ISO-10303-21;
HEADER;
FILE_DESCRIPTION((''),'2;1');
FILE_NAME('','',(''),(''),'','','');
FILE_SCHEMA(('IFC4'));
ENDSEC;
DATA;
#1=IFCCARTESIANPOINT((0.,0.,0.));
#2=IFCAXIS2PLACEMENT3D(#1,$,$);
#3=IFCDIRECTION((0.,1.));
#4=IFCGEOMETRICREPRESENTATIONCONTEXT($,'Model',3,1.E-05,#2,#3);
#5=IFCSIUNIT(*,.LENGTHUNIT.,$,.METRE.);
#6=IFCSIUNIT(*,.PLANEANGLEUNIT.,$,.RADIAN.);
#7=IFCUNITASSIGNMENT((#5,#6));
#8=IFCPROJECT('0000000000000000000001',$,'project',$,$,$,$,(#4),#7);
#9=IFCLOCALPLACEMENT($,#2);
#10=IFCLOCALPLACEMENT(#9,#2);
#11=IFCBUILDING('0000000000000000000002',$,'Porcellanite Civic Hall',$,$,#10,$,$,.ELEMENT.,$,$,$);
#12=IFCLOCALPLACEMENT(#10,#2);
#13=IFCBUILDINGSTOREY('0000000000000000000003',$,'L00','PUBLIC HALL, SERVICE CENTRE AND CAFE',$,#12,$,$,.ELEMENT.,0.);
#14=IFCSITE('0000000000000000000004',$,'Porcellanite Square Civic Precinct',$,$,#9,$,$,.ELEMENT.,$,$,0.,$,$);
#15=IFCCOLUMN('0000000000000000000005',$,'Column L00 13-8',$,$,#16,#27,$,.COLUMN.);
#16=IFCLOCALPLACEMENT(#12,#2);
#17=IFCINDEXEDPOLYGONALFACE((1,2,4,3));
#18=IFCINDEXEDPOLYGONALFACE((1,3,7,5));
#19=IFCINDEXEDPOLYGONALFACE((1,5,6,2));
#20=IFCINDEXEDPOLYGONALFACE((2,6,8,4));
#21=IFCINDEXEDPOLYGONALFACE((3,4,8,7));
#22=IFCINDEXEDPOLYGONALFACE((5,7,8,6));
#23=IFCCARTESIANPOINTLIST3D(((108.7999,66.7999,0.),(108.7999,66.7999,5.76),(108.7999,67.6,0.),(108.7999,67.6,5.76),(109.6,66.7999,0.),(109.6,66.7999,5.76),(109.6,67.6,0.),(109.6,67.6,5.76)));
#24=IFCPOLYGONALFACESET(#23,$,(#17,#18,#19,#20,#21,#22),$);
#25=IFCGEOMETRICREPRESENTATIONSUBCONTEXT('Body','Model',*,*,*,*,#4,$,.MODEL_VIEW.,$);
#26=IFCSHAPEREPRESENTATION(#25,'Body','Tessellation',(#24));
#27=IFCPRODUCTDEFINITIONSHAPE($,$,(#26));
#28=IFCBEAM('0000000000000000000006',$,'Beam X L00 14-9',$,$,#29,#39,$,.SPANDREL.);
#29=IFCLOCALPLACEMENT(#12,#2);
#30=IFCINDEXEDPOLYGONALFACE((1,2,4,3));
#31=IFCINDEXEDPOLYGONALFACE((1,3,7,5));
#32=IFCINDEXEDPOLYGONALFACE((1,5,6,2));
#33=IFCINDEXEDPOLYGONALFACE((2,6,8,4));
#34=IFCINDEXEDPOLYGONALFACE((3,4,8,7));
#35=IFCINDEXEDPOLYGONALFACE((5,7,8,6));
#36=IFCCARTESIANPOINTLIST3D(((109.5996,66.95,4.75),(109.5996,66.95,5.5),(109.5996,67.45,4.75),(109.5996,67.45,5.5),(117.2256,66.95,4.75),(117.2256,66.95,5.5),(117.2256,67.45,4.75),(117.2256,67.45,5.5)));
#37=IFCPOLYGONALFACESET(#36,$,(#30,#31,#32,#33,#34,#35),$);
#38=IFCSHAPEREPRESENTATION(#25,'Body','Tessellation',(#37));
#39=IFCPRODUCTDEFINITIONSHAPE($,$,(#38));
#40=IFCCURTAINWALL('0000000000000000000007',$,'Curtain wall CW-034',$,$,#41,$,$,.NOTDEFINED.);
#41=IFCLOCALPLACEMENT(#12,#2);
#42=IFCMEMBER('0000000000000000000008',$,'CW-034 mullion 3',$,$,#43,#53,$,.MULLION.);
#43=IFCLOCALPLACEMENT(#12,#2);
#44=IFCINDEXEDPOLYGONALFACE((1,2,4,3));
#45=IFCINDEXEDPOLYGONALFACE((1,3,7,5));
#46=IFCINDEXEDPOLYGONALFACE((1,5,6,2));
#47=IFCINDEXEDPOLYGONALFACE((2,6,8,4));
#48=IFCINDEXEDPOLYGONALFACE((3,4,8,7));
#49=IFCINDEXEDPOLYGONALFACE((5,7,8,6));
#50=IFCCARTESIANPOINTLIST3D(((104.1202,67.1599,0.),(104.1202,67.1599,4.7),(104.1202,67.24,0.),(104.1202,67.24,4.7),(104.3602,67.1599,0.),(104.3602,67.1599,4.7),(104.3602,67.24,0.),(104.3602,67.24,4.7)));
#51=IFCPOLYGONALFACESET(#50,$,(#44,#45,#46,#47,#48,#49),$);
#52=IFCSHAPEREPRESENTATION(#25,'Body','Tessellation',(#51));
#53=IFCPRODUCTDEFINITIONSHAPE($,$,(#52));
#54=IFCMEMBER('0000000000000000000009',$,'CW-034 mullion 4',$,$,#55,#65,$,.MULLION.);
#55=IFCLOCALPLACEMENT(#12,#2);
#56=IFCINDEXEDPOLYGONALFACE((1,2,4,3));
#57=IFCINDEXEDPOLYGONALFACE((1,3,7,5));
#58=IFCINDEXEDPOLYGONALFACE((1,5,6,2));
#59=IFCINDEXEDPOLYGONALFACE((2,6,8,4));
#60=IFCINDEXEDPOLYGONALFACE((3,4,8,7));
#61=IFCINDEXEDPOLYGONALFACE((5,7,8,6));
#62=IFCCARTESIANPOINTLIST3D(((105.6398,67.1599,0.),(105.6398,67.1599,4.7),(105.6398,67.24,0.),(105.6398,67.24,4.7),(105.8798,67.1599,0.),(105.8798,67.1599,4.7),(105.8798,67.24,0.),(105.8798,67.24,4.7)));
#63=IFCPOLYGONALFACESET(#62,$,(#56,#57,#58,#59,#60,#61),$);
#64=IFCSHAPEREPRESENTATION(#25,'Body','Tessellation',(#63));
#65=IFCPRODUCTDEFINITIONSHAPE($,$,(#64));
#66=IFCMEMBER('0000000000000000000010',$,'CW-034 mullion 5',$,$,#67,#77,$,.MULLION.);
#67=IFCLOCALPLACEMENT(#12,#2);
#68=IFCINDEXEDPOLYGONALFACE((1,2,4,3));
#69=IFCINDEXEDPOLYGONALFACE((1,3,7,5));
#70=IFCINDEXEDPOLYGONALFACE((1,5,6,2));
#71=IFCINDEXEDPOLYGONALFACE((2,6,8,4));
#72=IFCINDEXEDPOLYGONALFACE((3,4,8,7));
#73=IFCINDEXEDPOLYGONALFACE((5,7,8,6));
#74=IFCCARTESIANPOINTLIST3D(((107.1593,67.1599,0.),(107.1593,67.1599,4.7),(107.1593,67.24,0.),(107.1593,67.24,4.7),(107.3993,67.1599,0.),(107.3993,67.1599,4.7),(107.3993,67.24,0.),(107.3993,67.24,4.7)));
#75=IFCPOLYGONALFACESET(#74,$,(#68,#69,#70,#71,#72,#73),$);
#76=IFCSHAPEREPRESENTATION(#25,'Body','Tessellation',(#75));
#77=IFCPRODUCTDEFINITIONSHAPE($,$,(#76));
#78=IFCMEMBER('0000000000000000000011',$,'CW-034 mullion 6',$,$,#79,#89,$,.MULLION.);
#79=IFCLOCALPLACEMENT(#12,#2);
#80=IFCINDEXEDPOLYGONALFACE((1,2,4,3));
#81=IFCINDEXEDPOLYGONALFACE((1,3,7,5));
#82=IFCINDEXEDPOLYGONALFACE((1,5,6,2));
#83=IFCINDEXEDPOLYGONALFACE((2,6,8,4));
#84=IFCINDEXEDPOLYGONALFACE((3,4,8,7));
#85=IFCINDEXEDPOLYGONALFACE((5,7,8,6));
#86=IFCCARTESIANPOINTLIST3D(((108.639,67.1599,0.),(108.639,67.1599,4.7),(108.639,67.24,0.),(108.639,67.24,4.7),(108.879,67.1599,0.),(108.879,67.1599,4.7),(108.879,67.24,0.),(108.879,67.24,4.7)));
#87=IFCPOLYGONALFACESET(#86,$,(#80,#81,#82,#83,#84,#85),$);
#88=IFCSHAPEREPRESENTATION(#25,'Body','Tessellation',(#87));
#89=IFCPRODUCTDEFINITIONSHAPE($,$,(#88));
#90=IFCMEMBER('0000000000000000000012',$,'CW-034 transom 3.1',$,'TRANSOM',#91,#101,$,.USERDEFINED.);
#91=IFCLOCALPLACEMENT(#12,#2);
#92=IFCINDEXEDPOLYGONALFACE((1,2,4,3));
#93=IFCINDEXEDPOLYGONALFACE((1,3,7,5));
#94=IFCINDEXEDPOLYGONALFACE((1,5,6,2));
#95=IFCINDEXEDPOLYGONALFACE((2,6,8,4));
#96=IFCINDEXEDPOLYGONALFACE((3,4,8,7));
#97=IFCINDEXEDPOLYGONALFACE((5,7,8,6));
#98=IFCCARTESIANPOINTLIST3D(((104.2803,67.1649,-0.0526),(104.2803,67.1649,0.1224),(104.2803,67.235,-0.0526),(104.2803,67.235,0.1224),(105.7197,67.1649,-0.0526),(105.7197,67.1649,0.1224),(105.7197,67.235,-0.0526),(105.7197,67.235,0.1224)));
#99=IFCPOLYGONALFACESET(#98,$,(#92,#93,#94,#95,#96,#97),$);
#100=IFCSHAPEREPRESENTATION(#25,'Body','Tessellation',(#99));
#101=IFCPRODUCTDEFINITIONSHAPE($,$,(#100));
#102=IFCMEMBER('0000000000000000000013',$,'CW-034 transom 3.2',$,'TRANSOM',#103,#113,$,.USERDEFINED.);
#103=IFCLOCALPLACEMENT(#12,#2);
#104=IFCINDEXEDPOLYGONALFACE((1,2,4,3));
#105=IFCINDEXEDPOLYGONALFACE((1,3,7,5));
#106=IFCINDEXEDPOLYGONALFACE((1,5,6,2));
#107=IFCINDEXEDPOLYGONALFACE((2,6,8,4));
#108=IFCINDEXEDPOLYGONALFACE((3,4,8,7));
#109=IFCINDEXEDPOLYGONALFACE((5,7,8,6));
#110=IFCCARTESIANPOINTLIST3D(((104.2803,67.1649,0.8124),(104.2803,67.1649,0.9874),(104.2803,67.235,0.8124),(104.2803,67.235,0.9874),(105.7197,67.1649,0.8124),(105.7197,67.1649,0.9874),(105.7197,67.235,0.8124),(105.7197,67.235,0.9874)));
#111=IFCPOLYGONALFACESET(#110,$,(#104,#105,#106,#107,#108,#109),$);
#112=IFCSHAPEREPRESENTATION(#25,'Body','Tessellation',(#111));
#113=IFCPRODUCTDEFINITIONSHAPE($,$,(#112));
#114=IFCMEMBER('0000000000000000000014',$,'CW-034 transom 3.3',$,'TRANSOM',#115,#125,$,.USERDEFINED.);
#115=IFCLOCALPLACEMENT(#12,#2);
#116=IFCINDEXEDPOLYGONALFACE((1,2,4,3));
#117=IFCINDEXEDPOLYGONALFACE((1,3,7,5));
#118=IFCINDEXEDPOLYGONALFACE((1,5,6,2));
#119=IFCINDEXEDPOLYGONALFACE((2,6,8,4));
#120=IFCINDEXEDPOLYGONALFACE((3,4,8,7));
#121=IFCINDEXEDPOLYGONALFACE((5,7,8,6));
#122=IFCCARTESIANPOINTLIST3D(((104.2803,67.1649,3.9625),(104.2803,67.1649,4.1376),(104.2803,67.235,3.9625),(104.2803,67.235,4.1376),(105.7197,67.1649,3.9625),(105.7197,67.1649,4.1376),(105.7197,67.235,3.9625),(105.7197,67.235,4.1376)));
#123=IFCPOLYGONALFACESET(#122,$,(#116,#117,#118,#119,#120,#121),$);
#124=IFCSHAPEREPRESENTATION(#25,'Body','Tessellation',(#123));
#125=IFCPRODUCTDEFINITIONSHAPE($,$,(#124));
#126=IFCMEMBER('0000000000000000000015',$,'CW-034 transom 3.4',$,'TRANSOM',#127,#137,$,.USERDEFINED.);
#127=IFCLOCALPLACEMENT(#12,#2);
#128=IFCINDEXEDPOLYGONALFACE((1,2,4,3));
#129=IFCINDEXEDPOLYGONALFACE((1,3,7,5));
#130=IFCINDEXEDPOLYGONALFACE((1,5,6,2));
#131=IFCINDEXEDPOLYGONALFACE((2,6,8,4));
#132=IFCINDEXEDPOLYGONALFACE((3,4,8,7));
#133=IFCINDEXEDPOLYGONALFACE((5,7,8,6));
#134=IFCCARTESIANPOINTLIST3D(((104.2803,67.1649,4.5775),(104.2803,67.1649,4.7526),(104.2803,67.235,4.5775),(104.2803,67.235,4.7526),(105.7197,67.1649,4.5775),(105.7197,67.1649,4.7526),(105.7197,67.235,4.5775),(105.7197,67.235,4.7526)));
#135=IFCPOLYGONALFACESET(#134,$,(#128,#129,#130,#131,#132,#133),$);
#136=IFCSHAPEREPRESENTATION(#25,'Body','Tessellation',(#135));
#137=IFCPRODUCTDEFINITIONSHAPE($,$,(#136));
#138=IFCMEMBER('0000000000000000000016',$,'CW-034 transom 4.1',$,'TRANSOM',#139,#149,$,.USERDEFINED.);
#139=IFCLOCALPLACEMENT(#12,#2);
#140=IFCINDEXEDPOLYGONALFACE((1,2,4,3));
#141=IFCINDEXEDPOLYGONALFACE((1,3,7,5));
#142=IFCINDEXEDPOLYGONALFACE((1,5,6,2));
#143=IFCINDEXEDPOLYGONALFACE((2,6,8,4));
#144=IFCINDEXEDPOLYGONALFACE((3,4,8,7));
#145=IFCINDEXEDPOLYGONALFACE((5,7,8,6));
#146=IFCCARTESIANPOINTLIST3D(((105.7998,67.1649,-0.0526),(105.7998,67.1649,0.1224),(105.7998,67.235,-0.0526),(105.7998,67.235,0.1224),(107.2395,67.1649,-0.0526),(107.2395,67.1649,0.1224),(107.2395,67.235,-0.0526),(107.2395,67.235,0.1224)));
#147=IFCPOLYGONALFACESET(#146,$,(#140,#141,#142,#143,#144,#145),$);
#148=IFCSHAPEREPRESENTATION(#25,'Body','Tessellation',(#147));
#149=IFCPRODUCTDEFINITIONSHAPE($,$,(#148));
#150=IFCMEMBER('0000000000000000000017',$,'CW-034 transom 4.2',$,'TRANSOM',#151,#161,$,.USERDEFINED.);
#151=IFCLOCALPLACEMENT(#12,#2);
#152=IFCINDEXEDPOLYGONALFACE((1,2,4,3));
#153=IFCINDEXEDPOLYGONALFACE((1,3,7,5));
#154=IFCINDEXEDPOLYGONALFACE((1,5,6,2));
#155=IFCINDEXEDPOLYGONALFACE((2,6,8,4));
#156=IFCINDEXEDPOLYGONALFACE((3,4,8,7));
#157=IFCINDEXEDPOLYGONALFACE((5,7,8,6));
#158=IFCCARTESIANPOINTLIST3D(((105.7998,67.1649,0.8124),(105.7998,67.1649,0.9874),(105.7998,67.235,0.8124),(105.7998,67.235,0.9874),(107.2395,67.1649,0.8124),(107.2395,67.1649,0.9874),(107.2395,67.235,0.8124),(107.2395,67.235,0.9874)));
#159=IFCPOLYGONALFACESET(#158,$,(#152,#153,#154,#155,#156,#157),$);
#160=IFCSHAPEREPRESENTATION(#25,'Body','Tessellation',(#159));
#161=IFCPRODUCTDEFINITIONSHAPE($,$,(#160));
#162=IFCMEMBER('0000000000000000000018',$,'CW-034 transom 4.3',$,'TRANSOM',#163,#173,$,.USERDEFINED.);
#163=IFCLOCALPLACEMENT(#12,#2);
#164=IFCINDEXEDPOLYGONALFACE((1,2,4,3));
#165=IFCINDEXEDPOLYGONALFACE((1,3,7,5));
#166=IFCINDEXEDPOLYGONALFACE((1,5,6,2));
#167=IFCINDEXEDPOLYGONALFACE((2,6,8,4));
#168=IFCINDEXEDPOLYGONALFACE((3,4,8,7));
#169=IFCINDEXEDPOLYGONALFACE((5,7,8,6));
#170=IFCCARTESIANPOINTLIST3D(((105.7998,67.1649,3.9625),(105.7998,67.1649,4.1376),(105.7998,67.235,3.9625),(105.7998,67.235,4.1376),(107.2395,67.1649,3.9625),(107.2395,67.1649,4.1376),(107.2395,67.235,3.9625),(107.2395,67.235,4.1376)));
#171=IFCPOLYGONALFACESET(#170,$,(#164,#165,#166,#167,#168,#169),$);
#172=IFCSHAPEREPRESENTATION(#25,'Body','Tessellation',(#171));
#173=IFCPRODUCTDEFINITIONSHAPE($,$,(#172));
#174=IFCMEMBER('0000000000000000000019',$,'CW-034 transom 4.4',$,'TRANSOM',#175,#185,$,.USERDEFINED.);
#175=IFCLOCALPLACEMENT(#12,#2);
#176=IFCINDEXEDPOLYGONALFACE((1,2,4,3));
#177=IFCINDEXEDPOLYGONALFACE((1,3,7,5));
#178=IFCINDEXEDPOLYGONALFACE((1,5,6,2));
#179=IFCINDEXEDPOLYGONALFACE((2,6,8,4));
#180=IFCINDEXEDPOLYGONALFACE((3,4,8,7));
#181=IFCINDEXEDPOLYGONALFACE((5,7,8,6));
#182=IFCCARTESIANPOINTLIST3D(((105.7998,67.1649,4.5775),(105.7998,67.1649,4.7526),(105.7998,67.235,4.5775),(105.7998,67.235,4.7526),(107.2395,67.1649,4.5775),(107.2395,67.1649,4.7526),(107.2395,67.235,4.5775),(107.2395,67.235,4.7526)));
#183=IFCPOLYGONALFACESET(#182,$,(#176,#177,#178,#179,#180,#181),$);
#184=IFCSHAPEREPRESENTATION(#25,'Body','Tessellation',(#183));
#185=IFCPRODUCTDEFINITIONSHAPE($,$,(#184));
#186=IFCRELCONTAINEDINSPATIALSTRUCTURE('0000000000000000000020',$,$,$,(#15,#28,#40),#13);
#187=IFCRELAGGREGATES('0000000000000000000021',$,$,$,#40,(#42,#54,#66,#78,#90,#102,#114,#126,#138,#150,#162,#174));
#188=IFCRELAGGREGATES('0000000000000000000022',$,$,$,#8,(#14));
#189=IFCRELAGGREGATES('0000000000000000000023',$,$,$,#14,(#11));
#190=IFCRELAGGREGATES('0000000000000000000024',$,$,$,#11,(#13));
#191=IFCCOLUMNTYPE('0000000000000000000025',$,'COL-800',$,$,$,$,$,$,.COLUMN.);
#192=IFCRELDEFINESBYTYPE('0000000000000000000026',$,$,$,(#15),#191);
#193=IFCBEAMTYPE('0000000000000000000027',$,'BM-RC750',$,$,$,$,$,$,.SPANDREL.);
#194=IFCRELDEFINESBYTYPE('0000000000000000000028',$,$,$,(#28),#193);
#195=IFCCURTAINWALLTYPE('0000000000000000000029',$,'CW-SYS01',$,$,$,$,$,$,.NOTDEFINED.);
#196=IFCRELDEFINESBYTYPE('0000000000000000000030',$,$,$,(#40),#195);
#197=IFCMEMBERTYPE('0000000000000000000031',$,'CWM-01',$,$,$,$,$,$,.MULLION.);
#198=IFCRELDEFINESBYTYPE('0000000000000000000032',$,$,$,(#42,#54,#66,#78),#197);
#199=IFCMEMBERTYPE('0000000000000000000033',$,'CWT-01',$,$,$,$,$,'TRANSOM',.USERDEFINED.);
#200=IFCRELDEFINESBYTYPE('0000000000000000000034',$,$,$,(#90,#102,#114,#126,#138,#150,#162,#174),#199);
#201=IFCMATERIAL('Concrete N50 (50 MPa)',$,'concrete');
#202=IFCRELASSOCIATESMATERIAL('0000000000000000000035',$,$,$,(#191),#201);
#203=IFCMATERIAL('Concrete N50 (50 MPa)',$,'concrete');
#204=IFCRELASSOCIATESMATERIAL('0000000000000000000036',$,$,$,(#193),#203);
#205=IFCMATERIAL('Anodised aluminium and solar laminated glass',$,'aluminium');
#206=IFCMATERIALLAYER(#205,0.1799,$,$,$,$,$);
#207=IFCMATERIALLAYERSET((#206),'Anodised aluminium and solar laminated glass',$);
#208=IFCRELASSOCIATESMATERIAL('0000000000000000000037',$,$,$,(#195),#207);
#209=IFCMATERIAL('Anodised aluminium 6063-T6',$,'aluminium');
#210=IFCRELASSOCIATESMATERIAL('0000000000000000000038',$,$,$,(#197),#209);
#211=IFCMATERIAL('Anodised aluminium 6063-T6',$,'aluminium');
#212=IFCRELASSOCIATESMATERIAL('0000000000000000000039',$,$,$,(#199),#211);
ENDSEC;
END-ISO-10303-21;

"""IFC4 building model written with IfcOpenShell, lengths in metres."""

from ifc_helpers import new_model, si_unit, direction, frame, origin, origin_2d, place, context, subcontext, project, spatial, rectangle, extrude, material, layer, layer_set, material_profile, profile_set, type_object, element, aggregate, save


model = new_model("IFC4")

# Units and contexts
model_context = context("Model", 3, precision=1e-05, world=origin(), true_north=direction((0.0, 1.0)))
body_context = subcontext(model_context, "Body", "Model", "MODEL_VIEW")
ifc_project = project(units=[si_unit("LENGTHUNIT", "METRE"), si_unit("PLANEANGLEUNIT", "RADIAN")], contexts=[model_context])

# Site, building, storey
site_placement = place(None, origin())
site = spatial("IfcSite", under=ifc_project, at=site_placement, Name="Porcellanite Square Civic Precinct", CompositionType="ELEMENT", RefElevation=0.0)
building_placement = place(site_placement, origin())
building = spatial("IfcBuilding", under=site, at=building_placement, Name="Porcellanite Civic Hall", CompositionType="ELEMENT")
storey_placement = place(building_placement, origin())
storey = spatial("IfcBuildingStorey", under=building, at=storey_placement, Name="L00", Description="PUBLIC HALL, SERVICE CENTRE AND CAFE", CompositionType="ELEMENT", Elevation=0.0)

# Column
ifc_material_1 = material(Name="Concrete N50 (50 MPa)", Category="concrete")
ifc_material_profile_1 = material_profile(ifc_material_1, rectangle(XDim=0.8, YDim=0.8, at=origin_2d()), Name="RC-800x800")
ifc_profile_set_1 = profile_set([ifc_material_profile_1], Name="Concrete N50 (50 MPa)")
column_type = type_object("IfcColumnType", Name="COL-800", PredefinedType="COLUMN", material=ifc_profile_set_1)
column_placement = place(storey_placement, frame((109.2, 67.2, 0.0), z_axis=(0.0, 0.0, 1.0), x_axis=(1.0, 0.0, 0.0)))
element("IfcColumn", 1, at=column_placement, inside=storey, type_object=column_type, Name="Column L00 13-8", PredefinedType="COLUMN", context=body_context, shape_type="SweptSolid", body=[
    extrude(rectangle(XDim=0.8, YDim=0.8, at=origin_2d()), origin(), (0.0, 0.0, 1.0), 5.76),
])

# Beam
ifc_material_2 = material(Name="Concrete N50 (50 MPa)", Category="concrete")
ifc_material_profile_2 = material_profile(ifc_material_2, rectangle(XDim=0.5, YDim=0.75, at=origin_2d()), Name="RC-500x750")
ifc_profile_set_2 = profile_set([ifc_material_profile_2], Name="Concrete N50 (50 MPa)")
beam_type = type_object("IfcBeamType", Name="BM-RC750", PredefinedType="SPANDREL", material=ifc_profile_set_2)
beam_placement = place(storey_placement, frame((109.5996, 67.2, 5.125), z_axis=(1.0, 0.0, 0.0), x_axis=(0.0, 1.0, 0.0)))
element("IfcBeam", 2, at=beam_placement, inside=storey, type_object=beam_type, Name="Beam X L00 14-9", PredefinedType="SPANDREL", context=body_context, shape_type="SweptSolid", body=[
    extrude(rectangle(XDim=0.5, YDim=0.75, at=origin_2d()), origin(), (0.0, 0.0, 1.0), 7.626),
])

# Curtain wall, members
ifc_material_3 = material(Name="Anodised aluminium and solar laminated glass", Category="aluminium")
ifc_layer_1 = layer(ifc_material_3, 0.1799)
ifc_layer_set_1 = layer_set([ifc_layer_1], Name="Anodised aluminium and solar laminated glass")
curtain_wall_type = type_object("IfcCurtainWallType", Name="CW-SYS01", PredefinedType="NOTDEFINED", material=ifc_layer_set_1)
curtain_wall_placement = place(storey_placement, origin())
curtain_wall = element("IfcCurtainWall", 3, at=curtain_wall_placement, inside=storey, type_object=curtain_wall_type, Name="Curtain wall CW-034", PredefinedType="NOTDEFINED")
ifc_material_4 = material(Name="Anodised aluminium 6063-T6", Category="aluminium")
ifc_material_profile_3 = material_profile(ifc_material_4, rectangle(XDim=0.0801, YDim=0.24, at=origin_2d()), Name="AL-80x240")
ifc_profile_set_3 = profile_set([ifc_material_profile_3], Name="Anodised aluminium 6063-T6")
member_type_1 = type_object("IfcMemberType", Name="CWM-01", PredefinedType="MULLION", material=ifc_profile_set_3)
member_1_placement = place(storey_placement, frame((104.2402, 67.2, 0.0), z_axis=(0.0, 0.0, 1.0), x_axis=(0.0, 1.0, 0.0)))
member_1 = element("IfcMember", 4, at=member_1_placement, type_object=member_type_1, Name="CW-034 mullion 3", PredefinedType="MULLION", context=body_context, shape_type="SweptSolid", body=[
    extrude(rectangle(XDim=0.0801, YDim=0.24, at=origin_2d()), origin(), (0.0, 0.0, 1.0), 4.7),
])
member_2_placement = place(storey_placement, frame((105.7598, 67.2, 0.0), z_axis=(0.0, 0.0, 1.0), x_axis=(0.0, 1.0, 0.0)))
member_2 = element("IfcMember", 5, at=member_2_placement, type_object=member_type_1, Name="CW-034 mullion 4", PredefinedType="MULLION", context=body_context, shape_type="SweptSolid", body=[
    extrude(rectangle(XDim=0.0801, YDim=0.24, at=origin_2d()), origin(), (0.0, 0.0, 1.0), 4.7),
])
member_3_placement = place(storey_placement, frame((107.2793, 67.2, 0.0), z_axis=(0.0, 0.0, 1.0), x_axis=(0.0, 1.0, 0.0)))
member_3 = element("IfcMember", 6, at=member_3_placement, type_object=member_type_1, Name="CW-034 mullion 5", PredefinedType="MULLION", context=body_context, shape_type="SweptSolid", body=[
    extrude(rectangle(XDim=0.0801, YDim=0.24, at=origin_2d()), origin(), (0.0, 0.0, 1.0), 4.7),
])
member_4_placement = place(storey_placement, frame((108.759, 67.2, 0.0), z_axis=(0.0, 0.0, 1.0), x_axis=(0.0, 1.0, 0.0)))
member_4 = element("IfcMember", 7, at=member_4_placement, type_object=member_type_1, Name="CW-034 mullion 6", PredefinedType="MULLION", context=body_context, shape_type="SweptSolid", body=[
    extrude(rectangle(XDim=0.0801, YDim=0.24, at=origin_2d()), origin(), (0.0, 0.0, 1.0), 4.7),
])
ifc_material_5 = material(Name="Anodised aluminium 6063-T6", Category="aluminium")
ifc_material_profile_4 = material_profile(ifc_material_5, rectangle(XDim=0.0701, YDim=0.175, at=origin_2d()), Name="AL-70x175")
ifc_profile_set_4 = profile_set([ifc_material_profile_4], Name="Anodised aluminium 6063-T6")
member_type_2 = type_object("IfcMemberType", Name="CWT-01", ElementType="TRANSOM", PredefinedType="USERDEFINED", material=ifc_profile_set_4)
member_5_placement = place(storey_placement, frame((104.2803, 67.2, 0.0349), z_axis=(1.0, 0.0, 0.0), x_axis=(0.0, 1.0, 0.0)))
member_5 = element("IfcMember", 8, at=member_5_placement, type_object=member_type_2, Name="CW-034 transom 3.1", ObjectType="TRANSOM", PredefinedType="USERDEFINED", context=body_context, shape_type="SweptSolid", body=[
    extrude(rectangle(XDim=0.0701, YDim=0.175, at=origin_2d()), origin(), (0.0, 0.0, 1.0), 1.4395),
])
member_6_placement = place(storey_placement, frame((104.2803, 67.2, 0.8999), z_axis=(1.0, 0.0, 0.0), x_axis=(0.0, 1.0, 0.0)))
member_6 = element("IfcMember", 9, at=member_6_placement, type_object=member_type_2, Name="CW-034 transom 3.2", ObjectType="TRANSOM", PredefinedType="USERDEFINED", context=body_context, shape_type="SweptSolid", body=[
    extrude(rectangle(XDim=0.0701, YDim=0.175, at=origin_2d()), origin(), (0.0, 0.0, 1.0), 1.4395),
])
member_7_placement = place(storey_placement, frame((104.2803, 67.2, 4.05), z_axis=(1.0, 0.0, 0.0), x_axis=(0.0, 1.0, 0.0)))
member_7 = element("IfcMember", 10, at=member_7_placement, type_object=member_type_2, Name="CW-034 transom 3.3", ObjectType="TRANSOM", PredefinedType="USERDEFINED", context=body_context, shape_type="SweptSolid", body=[
    extrude(rectangle(XDim=0.0701, YDim=0.175, at=origin_2d()), origin(), (0.0, 0.0, 1.0), 1.4395),
])
member_8_placement = place(storey_placement, frame((104.2803, 67.2, 4.665), z_axis=(1.0, 0.0, 0.0), x_axis=(0.0, 1.0, 0.0)))
member_8 = element("IfcMember", 11, at=member_8_placement, type_object=member_type_2, Name="CW-034 transom 3.4", ObjectType="TRANSOM", PredefinedType="USERDEFINED", context=body_context, shape_type="SweptSolid", body=[
    extrude(rectangle(XDim=0.0701, YDim=0.175, at=origin_2d()), origin(), (0.0, 0.0, 1.0), 1.4395),
])
member_9_placement = place(storey_placement, frame((105.7998, 67.2, 0.0349), z_axis=(1.0, 0.0, 0.0), x_axis=(0.0, 1.0, 0.0)))
member_9 = element("IfcMember", 12, at=member_9_placement, type_object=member_type_2, Name="CW-034 transom 4.1", ObjectType="TRANSOM", PredefinedType="USERDEFINED", context=body_context, shape_type="SweptSolid", body=[
    extrude(rectangle(XDim=0.0701, YDim=0.175, at=origin_2d()), origin(), (0.0, 0.0, 1.0), 1.4397),
])
member_10_placement = place(storey_placement, frame((105.7998, 67.2, 0.8999), z_axis=(1.0, 0.0, 0.0), x_axis=(0.0, 1.0, 0.0)))
member_10 = element("IfcMember", 13, at=member_10_placement, type_object=member_type_2, Name="CW-034 transom 4.2", ObjectType="TRANSOM", PredefinedType="USERDEFINED", context=body_context, shape_type="SweptSolid", body=[
    extrude(rectangle(XDim=0.0701, YDim=0.175, at=origin_2d()), origin(), (0.0, 0.0, 1.0), 1.4397),
])
member_11_placement = place(storey_placement, frame((105.7998, 67.2, 4.05), z_axis=(1.0, 0.0, 0.0), x_axis=(0.0, 1.0, 0.0)))
member_11 = element("IfcMember", 14, at=member_11_placement, type_object=member_type_2, Name="CW-034 transom 4.3", ObjectType="TRANSOM", PredefinedType="USERDEFINED", context=body_context, shape_type="SweptSolid", body=[
    extrude(rectangle(XDim=0.0701, YDim=0.175, at=origin_2d()), origin(), (0.0, 0.0, 1.0), 1.4397),
])
member_12_placement = place(storey_placement, frame((105.7998, 67.2, 4.665), z_axis=(1.0, 0.0, 0.0), x_axis=(0.0, 1.0, 0.0)))
member_12 = element("IfcMember", 15, at=member_12_placement, type_object=member_type_2, Name="CW-034 transom 4.4", ObjectType="TRANSOM", PredefinedType="USERDEFINED", context=body_context, shape_type="SweptSolid", body=[
    extrude(rectangle(XDim=0.0701, YDim=0.175, at=origin_2d()), origin(), (0.0, 0.0, 1.0), 1.4397),
])

aggregate(curtain_wall, [member_1, member_2, member_3, member_4, member_5, member_6, member_7, member_8, member_9, member_10, member_11, member_12])

save(model, "model.ifc")
